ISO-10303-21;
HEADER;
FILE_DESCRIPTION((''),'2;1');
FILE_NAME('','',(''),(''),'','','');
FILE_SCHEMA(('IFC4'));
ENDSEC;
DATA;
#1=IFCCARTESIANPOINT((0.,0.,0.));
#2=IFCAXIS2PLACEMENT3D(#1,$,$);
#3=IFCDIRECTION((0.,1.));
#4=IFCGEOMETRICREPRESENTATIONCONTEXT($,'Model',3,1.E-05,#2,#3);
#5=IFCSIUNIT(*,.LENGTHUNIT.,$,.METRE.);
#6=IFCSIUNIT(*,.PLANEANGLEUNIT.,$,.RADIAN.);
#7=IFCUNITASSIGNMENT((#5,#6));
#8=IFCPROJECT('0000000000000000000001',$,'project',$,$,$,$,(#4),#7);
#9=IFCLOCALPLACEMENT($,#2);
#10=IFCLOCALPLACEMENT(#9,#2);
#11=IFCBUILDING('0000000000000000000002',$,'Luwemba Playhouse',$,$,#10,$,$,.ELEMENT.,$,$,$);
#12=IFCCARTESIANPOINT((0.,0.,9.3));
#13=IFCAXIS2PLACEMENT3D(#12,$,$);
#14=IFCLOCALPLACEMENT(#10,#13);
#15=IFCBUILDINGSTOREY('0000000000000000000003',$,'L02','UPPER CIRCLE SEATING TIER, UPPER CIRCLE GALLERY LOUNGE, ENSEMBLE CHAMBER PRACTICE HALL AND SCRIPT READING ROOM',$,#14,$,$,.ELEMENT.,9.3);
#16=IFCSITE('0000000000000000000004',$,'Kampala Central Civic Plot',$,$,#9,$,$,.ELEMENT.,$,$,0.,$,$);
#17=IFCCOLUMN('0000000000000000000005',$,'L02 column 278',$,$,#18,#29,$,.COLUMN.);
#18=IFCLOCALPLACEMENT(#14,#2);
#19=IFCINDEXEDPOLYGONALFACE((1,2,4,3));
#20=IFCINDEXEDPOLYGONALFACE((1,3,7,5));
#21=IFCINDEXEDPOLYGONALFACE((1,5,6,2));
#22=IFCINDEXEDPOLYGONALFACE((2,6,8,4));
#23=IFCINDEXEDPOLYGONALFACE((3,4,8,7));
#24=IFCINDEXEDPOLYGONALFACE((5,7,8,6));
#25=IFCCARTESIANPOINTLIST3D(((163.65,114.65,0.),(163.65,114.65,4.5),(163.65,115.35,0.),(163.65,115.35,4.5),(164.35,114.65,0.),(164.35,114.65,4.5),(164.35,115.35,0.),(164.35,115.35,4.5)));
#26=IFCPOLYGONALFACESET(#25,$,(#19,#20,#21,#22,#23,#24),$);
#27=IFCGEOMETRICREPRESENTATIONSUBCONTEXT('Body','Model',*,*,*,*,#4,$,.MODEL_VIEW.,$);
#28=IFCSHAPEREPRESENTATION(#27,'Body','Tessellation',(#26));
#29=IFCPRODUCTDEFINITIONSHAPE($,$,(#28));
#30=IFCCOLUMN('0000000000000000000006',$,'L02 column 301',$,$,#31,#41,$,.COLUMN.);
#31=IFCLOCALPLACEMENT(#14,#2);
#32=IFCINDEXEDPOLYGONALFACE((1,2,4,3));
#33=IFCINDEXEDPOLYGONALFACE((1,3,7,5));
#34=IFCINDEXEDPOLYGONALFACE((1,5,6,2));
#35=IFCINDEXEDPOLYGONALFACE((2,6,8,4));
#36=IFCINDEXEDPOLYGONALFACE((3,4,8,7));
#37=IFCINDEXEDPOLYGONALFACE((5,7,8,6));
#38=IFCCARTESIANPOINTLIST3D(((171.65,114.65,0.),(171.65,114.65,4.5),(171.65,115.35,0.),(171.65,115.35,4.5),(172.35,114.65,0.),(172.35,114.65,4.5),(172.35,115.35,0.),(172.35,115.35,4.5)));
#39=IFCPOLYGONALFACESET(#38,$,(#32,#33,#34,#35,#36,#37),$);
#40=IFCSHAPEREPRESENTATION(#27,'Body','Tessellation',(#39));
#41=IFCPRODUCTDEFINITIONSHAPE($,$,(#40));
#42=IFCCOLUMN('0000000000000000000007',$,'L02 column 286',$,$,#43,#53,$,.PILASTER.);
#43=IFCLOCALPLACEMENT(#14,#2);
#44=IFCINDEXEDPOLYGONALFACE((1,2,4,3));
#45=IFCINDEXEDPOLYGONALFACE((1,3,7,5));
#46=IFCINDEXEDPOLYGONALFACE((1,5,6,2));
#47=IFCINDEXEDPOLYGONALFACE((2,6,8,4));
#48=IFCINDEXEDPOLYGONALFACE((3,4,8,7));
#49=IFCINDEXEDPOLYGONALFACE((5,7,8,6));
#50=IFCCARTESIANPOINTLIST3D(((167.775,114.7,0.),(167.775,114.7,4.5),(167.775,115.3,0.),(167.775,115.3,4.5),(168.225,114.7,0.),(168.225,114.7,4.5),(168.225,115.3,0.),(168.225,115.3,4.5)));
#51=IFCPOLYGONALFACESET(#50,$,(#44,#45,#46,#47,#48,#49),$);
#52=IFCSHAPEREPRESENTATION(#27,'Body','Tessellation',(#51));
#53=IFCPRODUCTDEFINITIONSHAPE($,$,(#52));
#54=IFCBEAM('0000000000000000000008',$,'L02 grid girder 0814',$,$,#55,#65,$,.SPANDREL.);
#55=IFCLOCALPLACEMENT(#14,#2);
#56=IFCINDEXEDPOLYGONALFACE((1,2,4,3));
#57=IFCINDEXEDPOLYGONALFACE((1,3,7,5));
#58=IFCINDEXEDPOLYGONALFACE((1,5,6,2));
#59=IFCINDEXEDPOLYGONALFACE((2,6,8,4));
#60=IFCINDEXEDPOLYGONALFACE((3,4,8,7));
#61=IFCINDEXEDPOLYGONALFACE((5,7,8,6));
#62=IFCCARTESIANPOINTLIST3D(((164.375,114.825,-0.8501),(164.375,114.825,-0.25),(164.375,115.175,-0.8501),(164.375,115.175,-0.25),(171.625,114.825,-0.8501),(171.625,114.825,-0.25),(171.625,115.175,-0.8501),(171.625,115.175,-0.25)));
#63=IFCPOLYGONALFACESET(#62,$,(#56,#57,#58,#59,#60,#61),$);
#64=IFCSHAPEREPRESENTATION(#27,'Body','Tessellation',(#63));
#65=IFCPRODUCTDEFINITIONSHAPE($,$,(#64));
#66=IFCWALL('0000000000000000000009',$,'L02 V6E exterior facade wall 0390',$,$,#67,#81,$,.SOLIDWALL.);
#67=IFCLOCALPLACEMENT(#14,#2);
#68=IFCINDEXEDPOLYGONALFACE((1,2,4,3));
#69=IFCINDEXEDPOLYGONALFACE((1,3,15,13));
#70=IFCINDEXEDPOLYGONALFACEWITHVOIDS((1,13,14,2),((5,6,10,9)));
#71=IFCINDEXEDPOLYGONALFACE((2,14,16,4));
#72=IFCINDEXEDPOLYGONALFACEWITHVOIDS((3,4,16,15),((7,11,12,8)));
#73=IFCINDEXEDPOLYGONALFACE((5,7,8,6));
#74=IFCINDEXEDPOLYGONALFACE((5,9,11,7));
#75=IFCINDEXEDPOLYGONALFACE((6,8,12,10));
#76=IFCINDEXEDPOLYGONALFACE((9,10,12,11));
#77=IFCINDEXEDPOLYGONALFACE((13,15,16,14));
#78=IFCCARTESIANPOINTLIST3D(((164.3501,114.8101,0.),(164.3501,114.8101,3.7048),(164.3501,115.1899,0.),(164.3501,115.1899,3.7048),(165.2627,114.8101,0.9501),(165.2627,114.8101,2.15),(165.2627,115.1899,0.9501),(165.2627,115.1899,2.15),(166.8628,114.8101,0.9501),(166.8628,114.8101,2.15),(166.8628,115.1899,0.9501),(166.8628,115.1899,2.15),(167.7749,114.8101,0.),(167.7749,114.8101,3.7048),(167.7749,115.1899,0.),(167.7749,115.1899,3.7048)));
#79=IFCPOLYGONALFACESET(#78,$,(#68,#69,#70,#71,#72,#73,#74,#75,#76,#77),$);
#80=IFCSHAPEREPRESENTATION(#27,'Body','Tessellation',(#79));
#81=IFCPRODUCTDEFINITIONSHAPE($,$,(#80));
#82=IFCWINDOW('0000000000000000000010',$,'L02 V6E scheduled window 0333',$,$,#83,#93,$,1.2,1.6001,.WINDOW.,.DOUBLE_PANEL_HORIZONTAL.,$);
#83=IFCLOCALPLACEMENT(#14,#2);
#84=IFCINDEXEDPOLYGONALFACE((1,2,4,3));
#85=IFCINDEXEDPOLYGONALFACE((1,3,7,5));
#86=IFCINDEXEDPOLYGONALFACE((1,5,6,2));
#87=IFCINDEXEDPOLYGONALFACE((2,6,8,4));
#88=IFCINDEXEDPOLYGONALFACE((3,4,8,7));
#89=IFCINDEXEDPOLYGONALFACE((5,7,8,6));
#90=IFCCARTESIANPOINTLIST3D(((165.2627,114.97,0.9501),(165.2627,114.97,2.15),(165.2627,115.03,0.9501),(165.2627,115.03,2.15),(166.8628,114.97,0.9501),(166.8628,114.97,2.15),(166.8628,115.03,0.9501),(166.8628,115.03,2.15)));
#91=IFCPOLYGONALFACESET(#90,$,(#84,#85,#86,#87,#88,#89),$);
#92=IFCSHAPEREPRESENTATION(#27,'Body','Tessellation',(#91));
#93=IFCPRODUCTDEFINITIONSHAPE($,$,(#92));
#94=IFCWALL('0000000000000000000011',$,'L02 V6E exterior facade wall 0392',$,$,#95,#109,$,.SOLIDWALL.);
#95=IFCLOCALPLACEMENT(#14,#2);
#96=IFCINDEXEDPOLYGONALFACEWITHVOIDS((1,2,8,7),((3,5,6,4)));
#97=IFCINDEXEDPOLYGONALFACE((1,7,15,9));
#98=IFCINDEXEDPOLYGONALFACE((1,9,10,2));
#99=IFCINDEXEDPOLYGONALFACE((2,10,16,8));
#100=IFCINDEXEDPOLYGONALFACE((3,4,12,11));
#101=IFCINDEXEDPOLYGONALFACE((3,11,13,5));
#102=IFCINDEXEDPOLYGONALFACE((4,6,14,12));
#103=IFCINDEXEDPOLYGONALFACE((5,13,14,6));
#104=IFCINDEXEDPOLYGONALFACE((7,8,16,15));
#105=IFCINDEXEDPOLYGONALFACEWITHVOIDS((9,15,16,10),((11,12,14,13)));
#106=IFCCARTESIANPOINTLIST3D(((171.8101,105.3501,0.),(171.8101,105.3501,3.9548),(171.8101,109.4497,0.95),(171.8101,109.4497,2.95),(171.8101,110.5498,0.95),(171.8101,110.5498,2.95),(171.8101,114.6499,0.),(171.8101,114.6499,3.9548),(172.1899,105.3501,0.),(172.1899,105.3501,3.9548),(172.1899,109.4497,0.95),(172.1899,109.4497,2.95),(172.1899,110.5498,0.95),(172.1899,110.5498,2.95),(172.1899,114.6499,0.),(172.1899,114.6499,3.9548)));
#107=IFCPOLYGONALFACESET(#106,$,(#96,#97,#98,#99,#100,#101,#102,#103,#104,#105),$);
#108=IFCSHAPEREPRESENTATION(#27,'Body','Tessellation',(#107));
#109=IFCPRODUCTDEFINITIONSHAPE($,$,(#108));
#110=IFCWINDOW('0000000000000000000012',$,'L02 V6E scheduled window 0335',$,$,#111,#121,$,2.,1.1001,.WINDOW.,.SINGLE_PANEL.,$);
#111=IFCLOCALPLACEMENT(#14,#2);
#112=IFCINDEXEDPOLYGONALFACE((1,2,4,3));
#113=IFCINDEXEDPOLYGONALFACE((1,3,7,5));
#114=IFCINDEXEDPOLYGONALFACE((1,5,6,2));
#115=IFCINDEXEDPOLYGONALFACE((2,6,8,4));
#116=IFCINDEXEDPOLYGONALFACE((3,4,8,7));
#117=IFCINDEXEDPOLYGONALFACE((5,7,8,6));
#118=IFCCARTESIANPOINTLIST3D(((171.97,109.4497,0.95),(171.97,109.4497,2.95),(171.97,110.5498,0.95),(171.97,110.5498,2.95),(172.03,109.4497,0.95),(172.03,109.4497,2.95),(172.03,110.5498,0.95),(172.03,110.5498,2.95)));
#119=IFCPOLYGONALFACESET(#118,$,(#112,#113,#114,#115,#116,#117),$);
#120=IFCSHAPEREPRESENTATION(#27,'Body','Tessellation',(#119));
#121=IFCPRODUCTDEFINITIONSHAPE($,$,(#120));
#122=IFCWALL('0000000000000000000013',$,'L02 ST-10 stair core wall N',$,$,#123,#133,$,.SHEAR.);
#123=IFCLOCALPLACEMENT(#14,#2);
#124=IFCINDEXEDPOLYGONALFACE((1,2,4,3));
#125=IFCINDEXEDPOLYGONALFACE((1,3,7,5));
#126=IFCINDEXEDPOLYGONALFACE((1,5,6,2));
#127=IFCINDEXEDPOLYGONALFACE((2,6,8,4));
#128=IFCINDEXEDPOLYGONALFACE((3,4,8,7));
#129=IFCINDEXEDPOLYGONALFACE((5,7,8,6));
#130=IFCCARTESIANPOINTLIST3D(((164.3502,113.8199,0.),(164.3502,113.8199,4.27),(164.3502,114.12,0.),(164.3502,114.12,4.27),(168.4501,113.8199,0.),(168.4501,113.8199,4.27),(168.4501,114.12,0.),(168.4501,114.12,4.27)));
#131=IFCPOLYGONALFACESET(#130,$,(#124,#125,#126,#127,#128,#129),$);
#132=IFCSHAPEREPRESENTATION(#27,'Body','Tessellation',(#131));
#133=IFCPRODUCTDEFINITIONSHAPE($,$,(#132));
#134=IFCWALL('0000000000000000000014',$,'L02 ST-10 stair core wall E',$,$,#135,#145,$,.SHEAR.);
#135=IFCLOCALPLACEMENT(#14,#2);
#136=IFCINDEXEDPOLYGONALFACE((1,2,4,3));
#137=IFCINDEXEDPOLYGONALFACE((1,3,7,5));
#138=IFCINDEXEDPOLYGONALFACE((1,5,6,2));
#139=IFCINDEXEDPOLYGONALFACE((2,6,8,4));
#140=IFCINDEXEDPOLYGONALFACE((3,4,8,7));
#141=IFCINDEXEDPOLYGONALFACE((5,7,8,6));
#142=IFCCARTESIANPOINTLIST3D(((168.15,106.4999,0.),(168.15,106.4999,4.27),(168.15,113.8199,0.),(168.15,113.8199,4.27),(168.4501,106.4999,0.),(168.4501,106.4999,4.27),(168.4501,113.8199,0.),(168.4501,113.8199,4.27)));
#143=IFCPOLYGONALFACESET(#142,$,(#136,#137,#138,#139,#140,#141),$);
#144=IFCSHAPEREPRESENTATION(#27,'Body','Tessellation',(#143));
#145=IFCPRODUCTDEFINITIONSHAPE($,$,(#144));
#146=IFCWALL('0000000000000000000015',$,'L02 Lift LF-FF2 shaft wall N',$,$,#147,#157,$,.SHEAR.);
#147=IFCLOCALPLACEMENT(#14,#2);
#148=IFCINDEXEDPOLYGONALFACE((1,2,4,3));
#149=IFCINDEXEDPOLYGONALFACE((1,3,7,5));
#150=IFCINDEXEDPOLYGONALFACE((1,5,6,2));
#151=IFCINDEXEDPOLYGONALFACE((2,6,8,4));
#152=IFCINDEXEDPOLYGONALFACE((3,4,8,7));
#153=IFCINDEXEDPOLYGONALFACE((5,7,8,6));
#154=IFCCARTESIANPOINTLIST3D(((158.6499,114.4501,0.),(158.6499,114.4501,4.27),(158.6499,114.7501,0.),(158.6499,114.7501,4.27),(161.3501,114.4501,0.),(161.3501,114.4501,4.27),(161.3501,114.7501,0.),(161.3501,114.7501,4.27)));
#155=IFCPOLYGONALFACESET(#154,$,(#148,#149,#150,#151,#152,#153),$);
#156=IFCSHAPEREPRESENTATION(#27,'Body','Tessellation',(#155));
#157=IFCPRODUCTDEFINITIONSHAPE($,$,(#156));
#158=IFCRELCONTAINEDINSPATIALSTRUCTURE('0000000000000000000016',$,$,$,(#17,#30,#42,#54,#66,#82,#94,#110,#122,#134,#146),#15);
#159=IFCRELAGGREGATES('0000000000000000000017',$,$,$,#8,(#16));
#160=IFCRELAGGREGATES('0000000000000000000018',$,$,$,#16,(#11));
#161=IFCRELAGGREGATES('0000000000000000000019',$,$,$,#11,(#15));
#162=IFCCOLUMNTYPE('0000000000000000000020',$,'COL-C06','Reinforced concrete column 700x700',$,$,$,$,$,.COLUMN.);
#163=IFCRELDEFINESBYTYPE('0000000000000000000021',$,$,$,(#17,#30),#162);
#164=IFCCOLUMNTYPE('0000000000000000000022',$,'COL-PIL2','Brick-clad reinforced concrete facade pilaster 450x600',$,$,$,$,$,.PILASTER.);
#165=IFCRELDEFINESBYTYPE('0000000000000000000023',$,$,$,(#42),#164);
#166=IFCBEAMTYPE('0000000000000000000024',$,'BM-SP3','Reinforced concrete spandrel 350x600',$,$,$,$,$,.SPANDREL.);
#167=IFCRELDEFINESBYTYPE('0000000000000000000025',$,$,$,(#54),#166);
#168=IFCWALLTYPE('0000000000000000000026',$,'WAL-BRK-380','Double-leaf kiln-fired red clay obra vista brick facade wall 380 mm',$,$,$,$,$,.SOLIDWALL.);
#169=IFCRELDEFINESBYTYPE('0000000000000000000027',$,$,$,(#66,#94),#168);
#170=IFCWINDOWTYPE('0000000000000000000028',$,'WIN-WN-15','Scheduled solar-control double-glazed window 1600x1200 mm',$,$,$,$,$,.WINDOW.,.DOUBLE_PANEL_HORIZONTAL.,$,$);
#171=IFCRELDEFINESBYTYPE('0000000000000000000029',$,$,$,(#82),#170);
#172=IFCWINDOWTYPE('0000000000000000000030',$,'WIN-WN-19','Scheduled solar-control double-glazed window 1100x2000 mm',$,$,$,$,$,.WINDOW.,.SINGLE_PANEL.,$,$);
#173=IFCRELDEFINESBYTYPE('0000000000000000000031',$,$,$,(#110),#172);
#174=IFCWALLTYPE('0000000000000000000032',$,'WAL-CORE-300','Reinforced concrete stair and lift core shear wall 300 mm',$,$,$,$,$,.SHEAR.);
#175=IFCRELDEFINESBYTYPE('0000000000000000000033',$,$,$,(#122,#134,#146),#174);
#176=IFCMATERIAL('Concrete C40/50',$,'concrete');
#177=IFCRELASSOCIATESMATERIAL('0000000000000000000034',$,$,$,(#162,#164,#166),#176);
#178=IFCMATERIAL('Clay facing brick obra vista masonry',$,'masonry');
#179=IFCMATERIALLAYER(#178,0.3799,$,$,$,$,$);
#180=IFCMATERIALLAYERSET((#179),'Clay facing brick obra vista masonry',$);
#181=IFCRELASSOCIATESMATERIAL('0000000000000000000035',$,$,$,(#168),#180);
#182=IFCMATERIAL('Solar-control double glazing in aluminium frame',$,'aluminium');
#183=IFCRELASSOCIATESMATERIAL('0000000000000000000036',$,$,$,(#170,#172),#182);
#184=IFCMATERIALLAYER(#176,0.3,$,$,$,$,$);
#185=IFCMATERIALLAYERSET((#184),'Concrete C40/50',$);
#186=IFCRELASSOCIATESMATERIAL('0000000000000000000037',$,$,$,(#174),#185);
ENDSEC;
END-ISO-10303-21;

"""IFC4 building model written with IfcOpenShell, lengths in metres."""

from ifc_helpers import new_model, si_unit, direction, frame, frame_2d, origin, origin_2d, place, context, subcontext, project, spatial, rectangle, extrude, material, layer, layer_set, material_profile, profile_set, type_object, element, fill, save


model = new_model("IFC4")

# Units and contexts
model_context = context("Model", 3, precision=1e-05, world=origin(), true_north=direction((0.0, 1.0)))
body_context = subcontext(model_context, "Body", "Model", "MODEL_VIEW")
ifc_project = project(units=[si_unit("LENGTHUNIT", "METRE"), si_unit("PLANEANGLEUNIT", "RADIAN")], contexts=[model_context])

# Site, building, storey
site_placement = place(None, origin())
site = spatial("IfcSite", under=ifc_project, at=site_placement, Name="Kampala Central Civic Plot", CompositionType="ELEMENT", RefElevation=0.0)
building_placement = place(site_placement, origin())
building = spatial("IfcBuilding", under=site, at=building_placement, Name="Luwemba Playhouse", CompositionType="ELEMENT")
storey_placement = place(building_placement, frame((0.0, 0.0, 9.3)))
storey = spatial("IfcBuildingStorey", under=building, at=storey_placement, Name="L02", Description="UPPER CIRCLE SEATING TIER, UPPER CIRCLE GALLERY LOUNGE, ENSEMBLE CHAMBER PRACTICE HALL AND SCRIPT READING ROOM", CompositionType="ELEMENT", Elevation=9.3)

# Columns
ifc_material_1 = material(Name="Concrete C40/50", Category="concrete")
ifc_material_profile_1 = material_profile(ifc_material_1, rectangle(XDim=0.7, YDim=0.7, at=origin_2d()))
ifc_profile_set_1 = profile_set([ifc_material_profile_1], Name="Concrete C40/50")
column_type_1 = type_object("IfcColumnType", Name="COL-C06", Description="Reinforced concrete column 700x700", PredefinedType="COLUMN", material=ifc_profile_set_1)
for number, where, z_axis, x_axis, name in (
    (1, (164.0, 115.0, 0.0), (0.0, 0.0, 1.0), (1.0, 0.0, 0.0), "L02 column 278"),
    (2, (172.0, 115.0, 0.0), (0.0, 0.0, 1.0), (1.0, 0.0, 0.0), "L02 column 301"),
):
    element("IfcColumn", number, at=place(storey_placement, frame(where, z_axis=z_axis, x_axis=x_axis)), inside=storey, type_object=column_type_1, Name=name, PredefinedType="COLUMN", context=body_context, shape_type="SweptSolid", body=[
        extrude(rectangle(XDim=0.7, YDim=0.7, at=origin_2d()), origin(), (0.0, 0.0, 1.0), 4.5),
    ])
ifc_material_profile_2 = material_profile(ifc_material_1, rectangle(XDim=0.45, YDim=0.6001, at=origin_2d()))
ifc_profile_set_2 = profile_set([ifc_material_profile_2], Name="Concrete C40/50")
column_type_2 = type_object("IfcColumnType", Name="COL-PIL2", Description="Brick-clad reinforced concrete facade pilaster 450x600", PredefinedType="PILASTER", material=ifc_profile_set_2)
column_placement = place(storey_placement, frame((168.0, 115.0, 0.0), z_axis=(0.0, 0.0, 1.0), x_axis=(1.0, 0.0, 0.0)))
element("IfcColumn", 3, at=column_placement, inside=storey, type_object=column_type_2, Name="L02 column 286", PredefinedType="PILASTER", context=body_context, shape_type="SweptSolid", body=[
    extrude(rectangle(XDim=0.45, YDim=0.6001, at=origin_2d()), origin(), (0.0, 0.0, 1.0), 4.5),
])

# Beam
ifc_material_profile_3 = material_profile(ifc_material_1, rectangle(XDim=0.3501, YDim=0.6001, at=origin_2d()))
ifc_profile_set_3 = profile_set([ifc_material_profile_3], Name="Concrete C40/50")
beam_type = type_object("IfcBeamType", Name="BM-SP3", Description="Reinforced concrete spandrel 350x600", PredefinedType="SPANDREL", material=ifc_profile_set_3)
beam_placement = place(storey_placement, frame((164.375, 115.0, -0.55), z_axis=(1.0, 0.0, 0.0), x_axis=(0.0, 1.0, 0.0)))
element("IfcBeam", 4, at=beam_placement, inside=storey, type_object=beam_type, Name="L02 grid girder 0814", PredefinedType="SPANDREL", context=body_context, shape_type="SweptSolid", body=[
    extrude(rectangle(XDim=0.3501, YDim=0.6001, at=origin_2d()), origin(), (0.0, 0.0, 1.0), 7.25),
])

# Walls, openings, windows
ifc_material_2 = material(Name="Clay facing brick obra vista masonry", Category="masonry")
ifc_layer_1 = layer(ifc_material_2, 0.3799)
ifc_layer_set_1 = layer_set([ifc_layer_1], Name="Clay facing brick obra vista masonry")
wall_type_1 = type_object("IfcWallType", Name="WAL-BRK-380", Description="Double-leaf kiln-fired red clay obra vista brick facade wall 380 mm", PredefinedType="SOLIDWALL", material=ifc_layer_set_1)
wall_1_placement = place(storey_placement, frame((164.3501, 115.0, 0.0), z_axis=(0.0, 0.0, 1.0), x_axis=(1.0, 0.0, 0.0)))
wall_1 = element("IfcWall", 5, at=wall_1_placement, inside=storey, type_object=wall_type_1, Name="L02 V6E exterior facade wall 0390", PredefinedType="SOLIDWALL", context=body_context, shape_type="SweptSolid", body=[
    extrude(rectangle(XDim=3.4248, YDim=0.3799, at=frame_2d((1.7124, 0.0))), origin(), (0.0, 0.0, 1.0), 3.7048),
])
opening_1_placement = place(wall_1_placement, frame((0.9126, 0.0, 0.95)))
opening_1 = element("IfcOpeningElement", 6, at=opening_1_placement, cuts=wall_1, PredefinedType="OPENING", context=body_context, shape_type="SweptSolid", body=[
    extrude(rectangle(XDim=1.6001, YDim=1.2, at=frame_2d((0.8, 0.6001))), frame((0.0, 0.2, 0.0), z_axis=(0.0, -1.0, 0.0), x_axis=(1.0, 0.0, 0.0)), (0.0, 0.0, 1.0), 0.3999),
])
ifc_material_3 = material(Name="Solar-control double glazing in aluminium frame", Category="aluminium")
window_type_1 = type_object("IfcWindowType", Name="WIN-WN-15", Description="Scheduled solar-control double-glazed window 1600x1200 mm", PartitioningType="DOUBLE_PANEL_HORIZONTAL", PredefinedType="WINDOW", material=ifc_material_3)
window_1_placement = place(opening_1_placement, origin())
window_1 = element("IfcWindow", 7, at=window_1_placement, inside=storey, type_object=window_type_1, Name="L02 V6E scheduled window 0333", OverallHeight=1.2, OverallWidth=1.6001, PartitioningType="DOUBLE_PANEL_HORIZONTAL", PredefinedType="WINDOW", context=body_context, shape_type="SweptSolid", body=[
    extrude(rectangle(XDim=1.6001, YDim=1.2, at=frame_2d((0.8, 0.6001))), frame((0.0, 0.03, 0.0), z_axis=(0.0, -1.0, 0.0), x_axis=(1.0, 0.0, 0.0)), (0.0, 0.0, 1.0), 0.0601),
])
fill(opening_1, window_1)
wall_2_placement = place(storey_placement, frame((172.0, 114.6499, 0.0), z_axis=(0.0, 0.0, 1.0), x_axis=(0.0, -1.0, 0.0)))
wall_2 = element("IfcWall", 8, at=wall_2_placement, inside=storey, type_object=wall_type_1, Name="L02 V6E exterior facade wall 0392", PredefinedType="SOLIDWALL", context=body_context, shape_type="SweptSolid", body=[
    extrude(rectangle(XDim=9.2998, YDim=0.3799, at=frame_2d((4.6499, 0.0))), origin(), (0.0, 0.0, 1.0), 3.9548),
])
opening_2_placement = place(wall_2_placement, frame((4.1001, 0.0, 0.95)))
opening_2 = element("IfcOpeningElement", 9, at=opening_2_placement, cuts=wall_2, PredefinedType="OPENING", context=body_context, shape_type="SweptSolid", body=[
    extrude(rectangle(XDim=1.1001, YDim=2.0, at=frame_2d((0.55, 1.0))), frame((0.0, 0.2, 0.0), z_axis=(0.0, -1.0, 0.0), x_axis=(1.0, 0.0, 0.0)), (0.0, 0.0, 1.0), 0.3999),
])
window_type_2 = type_object("IfcWindowType", Name="WIN-WN-19", Description="Scheduled solar-control double-glazed window 1100x2000 mm", PartitioningType="SINGLE_PANEL", PredefinedType="WINDOW", material=ifc_material_3)
window_2_placement = place(opening_2_placement, origin())
window_2 = element("IfcWindow", 10, at=window_2_placement, inside=storey, type_object=window_type_2, Name="L02 V6E scheduled window 0335", OverallHeight=2.0, OverallWidth=1.1001, PartitioningType="SINGLE_PANEL", PredefinedType="WINDOW", context=body_context, shape_type="SweptSolid", body=[
    extrude(rectangle(XDim=1.1001, YDim=2.0, at=frame_2d((0.55, 1.0))), frame((0.0, 0.03, 0.0), z_axis=(0.0, -1.0, 0.0), x_axis=(1.0, 0.0, 0.0)), (0.0, 0.0, 1.0), 0.0601),
])
fill(opening_2, window_2)

# Wall
ifc_layer_2 = layer(ifc_material_1, 0.3)
ifc_layer_set_2 = layer_set([ifc_layer_2], Name="Concrete C40/50")
wall_type_2 = type_object("IfcWallType", Name="WAL-CORE-300", Description="Reinforced concrete stair and lift core shear wall 300 mm", PredefinedType="SHEAR", material=ifc_layer_set_2)
wall_3_placement = place(storey_placement, frame((168.45, 113.97, 0.0), z_axis=(0.0, 0.0, 1.0), x_axis=(-1.0, 0.0, 0.0)))
element("IfcWall", 11, at=wall_3_placement, inside=storey, type_object=wall_type_2, Name="L02 ST-10 stair core wall N", PredefinedType="SHEAR", context=body_context, shape_type="SweptSolid", body=[
    extrude(rectangle(XDim=4.0999, YDim=0.3, at=frame_2d((2.0498, 0.0))), origin(), (0.0, 0.0, 1.0), 4.27),
])

# Walls
wall_4_placement = place(storey_placement, frame((168.3, 113.8201, 0.0), z_axis=(0.0, 0.0, 1.0), x_axis=(0.0, -1.0, 0.0)))
element("IfcWall", 12, at=wall_4_placement, inside=storey, type_object=wall_type_2, Name="L02 ST-10 stair core wall E", PredefinedType="SHEAR", context=body_context, shape_type="SweptSolid", body=[
    extrude(rectangle(XDim=7.3201, YDim=0.3, at=frame_2d((3.6602, 0.0))), origin(), (0.0, 0.0, 1.0), 4.27),
])
wall_5_placement = place(storey_placement, frame((161.3501, 114.6001, 0.0), z_axis=(0.0, 0.0, 1.0), x_axis=(-1.0, 0.0, 0.0)))
element("IfcWall", 13, at=wall_5_placement, inside=storey, type_object=wall_type_2, Name="L02 Lift LF-FF2 shaft wall N", PredefinedType="SHEAR", context=body_context, shape_type="SweptSolid", body=[
    extrude(rectangle(XDim=2.7002, YDim=0.3, at=frame_2d((1.3501, 0.0))), origin(), (0.0, 0.0, 1.0), 4.27),
])

save(model, "model.ifc")
